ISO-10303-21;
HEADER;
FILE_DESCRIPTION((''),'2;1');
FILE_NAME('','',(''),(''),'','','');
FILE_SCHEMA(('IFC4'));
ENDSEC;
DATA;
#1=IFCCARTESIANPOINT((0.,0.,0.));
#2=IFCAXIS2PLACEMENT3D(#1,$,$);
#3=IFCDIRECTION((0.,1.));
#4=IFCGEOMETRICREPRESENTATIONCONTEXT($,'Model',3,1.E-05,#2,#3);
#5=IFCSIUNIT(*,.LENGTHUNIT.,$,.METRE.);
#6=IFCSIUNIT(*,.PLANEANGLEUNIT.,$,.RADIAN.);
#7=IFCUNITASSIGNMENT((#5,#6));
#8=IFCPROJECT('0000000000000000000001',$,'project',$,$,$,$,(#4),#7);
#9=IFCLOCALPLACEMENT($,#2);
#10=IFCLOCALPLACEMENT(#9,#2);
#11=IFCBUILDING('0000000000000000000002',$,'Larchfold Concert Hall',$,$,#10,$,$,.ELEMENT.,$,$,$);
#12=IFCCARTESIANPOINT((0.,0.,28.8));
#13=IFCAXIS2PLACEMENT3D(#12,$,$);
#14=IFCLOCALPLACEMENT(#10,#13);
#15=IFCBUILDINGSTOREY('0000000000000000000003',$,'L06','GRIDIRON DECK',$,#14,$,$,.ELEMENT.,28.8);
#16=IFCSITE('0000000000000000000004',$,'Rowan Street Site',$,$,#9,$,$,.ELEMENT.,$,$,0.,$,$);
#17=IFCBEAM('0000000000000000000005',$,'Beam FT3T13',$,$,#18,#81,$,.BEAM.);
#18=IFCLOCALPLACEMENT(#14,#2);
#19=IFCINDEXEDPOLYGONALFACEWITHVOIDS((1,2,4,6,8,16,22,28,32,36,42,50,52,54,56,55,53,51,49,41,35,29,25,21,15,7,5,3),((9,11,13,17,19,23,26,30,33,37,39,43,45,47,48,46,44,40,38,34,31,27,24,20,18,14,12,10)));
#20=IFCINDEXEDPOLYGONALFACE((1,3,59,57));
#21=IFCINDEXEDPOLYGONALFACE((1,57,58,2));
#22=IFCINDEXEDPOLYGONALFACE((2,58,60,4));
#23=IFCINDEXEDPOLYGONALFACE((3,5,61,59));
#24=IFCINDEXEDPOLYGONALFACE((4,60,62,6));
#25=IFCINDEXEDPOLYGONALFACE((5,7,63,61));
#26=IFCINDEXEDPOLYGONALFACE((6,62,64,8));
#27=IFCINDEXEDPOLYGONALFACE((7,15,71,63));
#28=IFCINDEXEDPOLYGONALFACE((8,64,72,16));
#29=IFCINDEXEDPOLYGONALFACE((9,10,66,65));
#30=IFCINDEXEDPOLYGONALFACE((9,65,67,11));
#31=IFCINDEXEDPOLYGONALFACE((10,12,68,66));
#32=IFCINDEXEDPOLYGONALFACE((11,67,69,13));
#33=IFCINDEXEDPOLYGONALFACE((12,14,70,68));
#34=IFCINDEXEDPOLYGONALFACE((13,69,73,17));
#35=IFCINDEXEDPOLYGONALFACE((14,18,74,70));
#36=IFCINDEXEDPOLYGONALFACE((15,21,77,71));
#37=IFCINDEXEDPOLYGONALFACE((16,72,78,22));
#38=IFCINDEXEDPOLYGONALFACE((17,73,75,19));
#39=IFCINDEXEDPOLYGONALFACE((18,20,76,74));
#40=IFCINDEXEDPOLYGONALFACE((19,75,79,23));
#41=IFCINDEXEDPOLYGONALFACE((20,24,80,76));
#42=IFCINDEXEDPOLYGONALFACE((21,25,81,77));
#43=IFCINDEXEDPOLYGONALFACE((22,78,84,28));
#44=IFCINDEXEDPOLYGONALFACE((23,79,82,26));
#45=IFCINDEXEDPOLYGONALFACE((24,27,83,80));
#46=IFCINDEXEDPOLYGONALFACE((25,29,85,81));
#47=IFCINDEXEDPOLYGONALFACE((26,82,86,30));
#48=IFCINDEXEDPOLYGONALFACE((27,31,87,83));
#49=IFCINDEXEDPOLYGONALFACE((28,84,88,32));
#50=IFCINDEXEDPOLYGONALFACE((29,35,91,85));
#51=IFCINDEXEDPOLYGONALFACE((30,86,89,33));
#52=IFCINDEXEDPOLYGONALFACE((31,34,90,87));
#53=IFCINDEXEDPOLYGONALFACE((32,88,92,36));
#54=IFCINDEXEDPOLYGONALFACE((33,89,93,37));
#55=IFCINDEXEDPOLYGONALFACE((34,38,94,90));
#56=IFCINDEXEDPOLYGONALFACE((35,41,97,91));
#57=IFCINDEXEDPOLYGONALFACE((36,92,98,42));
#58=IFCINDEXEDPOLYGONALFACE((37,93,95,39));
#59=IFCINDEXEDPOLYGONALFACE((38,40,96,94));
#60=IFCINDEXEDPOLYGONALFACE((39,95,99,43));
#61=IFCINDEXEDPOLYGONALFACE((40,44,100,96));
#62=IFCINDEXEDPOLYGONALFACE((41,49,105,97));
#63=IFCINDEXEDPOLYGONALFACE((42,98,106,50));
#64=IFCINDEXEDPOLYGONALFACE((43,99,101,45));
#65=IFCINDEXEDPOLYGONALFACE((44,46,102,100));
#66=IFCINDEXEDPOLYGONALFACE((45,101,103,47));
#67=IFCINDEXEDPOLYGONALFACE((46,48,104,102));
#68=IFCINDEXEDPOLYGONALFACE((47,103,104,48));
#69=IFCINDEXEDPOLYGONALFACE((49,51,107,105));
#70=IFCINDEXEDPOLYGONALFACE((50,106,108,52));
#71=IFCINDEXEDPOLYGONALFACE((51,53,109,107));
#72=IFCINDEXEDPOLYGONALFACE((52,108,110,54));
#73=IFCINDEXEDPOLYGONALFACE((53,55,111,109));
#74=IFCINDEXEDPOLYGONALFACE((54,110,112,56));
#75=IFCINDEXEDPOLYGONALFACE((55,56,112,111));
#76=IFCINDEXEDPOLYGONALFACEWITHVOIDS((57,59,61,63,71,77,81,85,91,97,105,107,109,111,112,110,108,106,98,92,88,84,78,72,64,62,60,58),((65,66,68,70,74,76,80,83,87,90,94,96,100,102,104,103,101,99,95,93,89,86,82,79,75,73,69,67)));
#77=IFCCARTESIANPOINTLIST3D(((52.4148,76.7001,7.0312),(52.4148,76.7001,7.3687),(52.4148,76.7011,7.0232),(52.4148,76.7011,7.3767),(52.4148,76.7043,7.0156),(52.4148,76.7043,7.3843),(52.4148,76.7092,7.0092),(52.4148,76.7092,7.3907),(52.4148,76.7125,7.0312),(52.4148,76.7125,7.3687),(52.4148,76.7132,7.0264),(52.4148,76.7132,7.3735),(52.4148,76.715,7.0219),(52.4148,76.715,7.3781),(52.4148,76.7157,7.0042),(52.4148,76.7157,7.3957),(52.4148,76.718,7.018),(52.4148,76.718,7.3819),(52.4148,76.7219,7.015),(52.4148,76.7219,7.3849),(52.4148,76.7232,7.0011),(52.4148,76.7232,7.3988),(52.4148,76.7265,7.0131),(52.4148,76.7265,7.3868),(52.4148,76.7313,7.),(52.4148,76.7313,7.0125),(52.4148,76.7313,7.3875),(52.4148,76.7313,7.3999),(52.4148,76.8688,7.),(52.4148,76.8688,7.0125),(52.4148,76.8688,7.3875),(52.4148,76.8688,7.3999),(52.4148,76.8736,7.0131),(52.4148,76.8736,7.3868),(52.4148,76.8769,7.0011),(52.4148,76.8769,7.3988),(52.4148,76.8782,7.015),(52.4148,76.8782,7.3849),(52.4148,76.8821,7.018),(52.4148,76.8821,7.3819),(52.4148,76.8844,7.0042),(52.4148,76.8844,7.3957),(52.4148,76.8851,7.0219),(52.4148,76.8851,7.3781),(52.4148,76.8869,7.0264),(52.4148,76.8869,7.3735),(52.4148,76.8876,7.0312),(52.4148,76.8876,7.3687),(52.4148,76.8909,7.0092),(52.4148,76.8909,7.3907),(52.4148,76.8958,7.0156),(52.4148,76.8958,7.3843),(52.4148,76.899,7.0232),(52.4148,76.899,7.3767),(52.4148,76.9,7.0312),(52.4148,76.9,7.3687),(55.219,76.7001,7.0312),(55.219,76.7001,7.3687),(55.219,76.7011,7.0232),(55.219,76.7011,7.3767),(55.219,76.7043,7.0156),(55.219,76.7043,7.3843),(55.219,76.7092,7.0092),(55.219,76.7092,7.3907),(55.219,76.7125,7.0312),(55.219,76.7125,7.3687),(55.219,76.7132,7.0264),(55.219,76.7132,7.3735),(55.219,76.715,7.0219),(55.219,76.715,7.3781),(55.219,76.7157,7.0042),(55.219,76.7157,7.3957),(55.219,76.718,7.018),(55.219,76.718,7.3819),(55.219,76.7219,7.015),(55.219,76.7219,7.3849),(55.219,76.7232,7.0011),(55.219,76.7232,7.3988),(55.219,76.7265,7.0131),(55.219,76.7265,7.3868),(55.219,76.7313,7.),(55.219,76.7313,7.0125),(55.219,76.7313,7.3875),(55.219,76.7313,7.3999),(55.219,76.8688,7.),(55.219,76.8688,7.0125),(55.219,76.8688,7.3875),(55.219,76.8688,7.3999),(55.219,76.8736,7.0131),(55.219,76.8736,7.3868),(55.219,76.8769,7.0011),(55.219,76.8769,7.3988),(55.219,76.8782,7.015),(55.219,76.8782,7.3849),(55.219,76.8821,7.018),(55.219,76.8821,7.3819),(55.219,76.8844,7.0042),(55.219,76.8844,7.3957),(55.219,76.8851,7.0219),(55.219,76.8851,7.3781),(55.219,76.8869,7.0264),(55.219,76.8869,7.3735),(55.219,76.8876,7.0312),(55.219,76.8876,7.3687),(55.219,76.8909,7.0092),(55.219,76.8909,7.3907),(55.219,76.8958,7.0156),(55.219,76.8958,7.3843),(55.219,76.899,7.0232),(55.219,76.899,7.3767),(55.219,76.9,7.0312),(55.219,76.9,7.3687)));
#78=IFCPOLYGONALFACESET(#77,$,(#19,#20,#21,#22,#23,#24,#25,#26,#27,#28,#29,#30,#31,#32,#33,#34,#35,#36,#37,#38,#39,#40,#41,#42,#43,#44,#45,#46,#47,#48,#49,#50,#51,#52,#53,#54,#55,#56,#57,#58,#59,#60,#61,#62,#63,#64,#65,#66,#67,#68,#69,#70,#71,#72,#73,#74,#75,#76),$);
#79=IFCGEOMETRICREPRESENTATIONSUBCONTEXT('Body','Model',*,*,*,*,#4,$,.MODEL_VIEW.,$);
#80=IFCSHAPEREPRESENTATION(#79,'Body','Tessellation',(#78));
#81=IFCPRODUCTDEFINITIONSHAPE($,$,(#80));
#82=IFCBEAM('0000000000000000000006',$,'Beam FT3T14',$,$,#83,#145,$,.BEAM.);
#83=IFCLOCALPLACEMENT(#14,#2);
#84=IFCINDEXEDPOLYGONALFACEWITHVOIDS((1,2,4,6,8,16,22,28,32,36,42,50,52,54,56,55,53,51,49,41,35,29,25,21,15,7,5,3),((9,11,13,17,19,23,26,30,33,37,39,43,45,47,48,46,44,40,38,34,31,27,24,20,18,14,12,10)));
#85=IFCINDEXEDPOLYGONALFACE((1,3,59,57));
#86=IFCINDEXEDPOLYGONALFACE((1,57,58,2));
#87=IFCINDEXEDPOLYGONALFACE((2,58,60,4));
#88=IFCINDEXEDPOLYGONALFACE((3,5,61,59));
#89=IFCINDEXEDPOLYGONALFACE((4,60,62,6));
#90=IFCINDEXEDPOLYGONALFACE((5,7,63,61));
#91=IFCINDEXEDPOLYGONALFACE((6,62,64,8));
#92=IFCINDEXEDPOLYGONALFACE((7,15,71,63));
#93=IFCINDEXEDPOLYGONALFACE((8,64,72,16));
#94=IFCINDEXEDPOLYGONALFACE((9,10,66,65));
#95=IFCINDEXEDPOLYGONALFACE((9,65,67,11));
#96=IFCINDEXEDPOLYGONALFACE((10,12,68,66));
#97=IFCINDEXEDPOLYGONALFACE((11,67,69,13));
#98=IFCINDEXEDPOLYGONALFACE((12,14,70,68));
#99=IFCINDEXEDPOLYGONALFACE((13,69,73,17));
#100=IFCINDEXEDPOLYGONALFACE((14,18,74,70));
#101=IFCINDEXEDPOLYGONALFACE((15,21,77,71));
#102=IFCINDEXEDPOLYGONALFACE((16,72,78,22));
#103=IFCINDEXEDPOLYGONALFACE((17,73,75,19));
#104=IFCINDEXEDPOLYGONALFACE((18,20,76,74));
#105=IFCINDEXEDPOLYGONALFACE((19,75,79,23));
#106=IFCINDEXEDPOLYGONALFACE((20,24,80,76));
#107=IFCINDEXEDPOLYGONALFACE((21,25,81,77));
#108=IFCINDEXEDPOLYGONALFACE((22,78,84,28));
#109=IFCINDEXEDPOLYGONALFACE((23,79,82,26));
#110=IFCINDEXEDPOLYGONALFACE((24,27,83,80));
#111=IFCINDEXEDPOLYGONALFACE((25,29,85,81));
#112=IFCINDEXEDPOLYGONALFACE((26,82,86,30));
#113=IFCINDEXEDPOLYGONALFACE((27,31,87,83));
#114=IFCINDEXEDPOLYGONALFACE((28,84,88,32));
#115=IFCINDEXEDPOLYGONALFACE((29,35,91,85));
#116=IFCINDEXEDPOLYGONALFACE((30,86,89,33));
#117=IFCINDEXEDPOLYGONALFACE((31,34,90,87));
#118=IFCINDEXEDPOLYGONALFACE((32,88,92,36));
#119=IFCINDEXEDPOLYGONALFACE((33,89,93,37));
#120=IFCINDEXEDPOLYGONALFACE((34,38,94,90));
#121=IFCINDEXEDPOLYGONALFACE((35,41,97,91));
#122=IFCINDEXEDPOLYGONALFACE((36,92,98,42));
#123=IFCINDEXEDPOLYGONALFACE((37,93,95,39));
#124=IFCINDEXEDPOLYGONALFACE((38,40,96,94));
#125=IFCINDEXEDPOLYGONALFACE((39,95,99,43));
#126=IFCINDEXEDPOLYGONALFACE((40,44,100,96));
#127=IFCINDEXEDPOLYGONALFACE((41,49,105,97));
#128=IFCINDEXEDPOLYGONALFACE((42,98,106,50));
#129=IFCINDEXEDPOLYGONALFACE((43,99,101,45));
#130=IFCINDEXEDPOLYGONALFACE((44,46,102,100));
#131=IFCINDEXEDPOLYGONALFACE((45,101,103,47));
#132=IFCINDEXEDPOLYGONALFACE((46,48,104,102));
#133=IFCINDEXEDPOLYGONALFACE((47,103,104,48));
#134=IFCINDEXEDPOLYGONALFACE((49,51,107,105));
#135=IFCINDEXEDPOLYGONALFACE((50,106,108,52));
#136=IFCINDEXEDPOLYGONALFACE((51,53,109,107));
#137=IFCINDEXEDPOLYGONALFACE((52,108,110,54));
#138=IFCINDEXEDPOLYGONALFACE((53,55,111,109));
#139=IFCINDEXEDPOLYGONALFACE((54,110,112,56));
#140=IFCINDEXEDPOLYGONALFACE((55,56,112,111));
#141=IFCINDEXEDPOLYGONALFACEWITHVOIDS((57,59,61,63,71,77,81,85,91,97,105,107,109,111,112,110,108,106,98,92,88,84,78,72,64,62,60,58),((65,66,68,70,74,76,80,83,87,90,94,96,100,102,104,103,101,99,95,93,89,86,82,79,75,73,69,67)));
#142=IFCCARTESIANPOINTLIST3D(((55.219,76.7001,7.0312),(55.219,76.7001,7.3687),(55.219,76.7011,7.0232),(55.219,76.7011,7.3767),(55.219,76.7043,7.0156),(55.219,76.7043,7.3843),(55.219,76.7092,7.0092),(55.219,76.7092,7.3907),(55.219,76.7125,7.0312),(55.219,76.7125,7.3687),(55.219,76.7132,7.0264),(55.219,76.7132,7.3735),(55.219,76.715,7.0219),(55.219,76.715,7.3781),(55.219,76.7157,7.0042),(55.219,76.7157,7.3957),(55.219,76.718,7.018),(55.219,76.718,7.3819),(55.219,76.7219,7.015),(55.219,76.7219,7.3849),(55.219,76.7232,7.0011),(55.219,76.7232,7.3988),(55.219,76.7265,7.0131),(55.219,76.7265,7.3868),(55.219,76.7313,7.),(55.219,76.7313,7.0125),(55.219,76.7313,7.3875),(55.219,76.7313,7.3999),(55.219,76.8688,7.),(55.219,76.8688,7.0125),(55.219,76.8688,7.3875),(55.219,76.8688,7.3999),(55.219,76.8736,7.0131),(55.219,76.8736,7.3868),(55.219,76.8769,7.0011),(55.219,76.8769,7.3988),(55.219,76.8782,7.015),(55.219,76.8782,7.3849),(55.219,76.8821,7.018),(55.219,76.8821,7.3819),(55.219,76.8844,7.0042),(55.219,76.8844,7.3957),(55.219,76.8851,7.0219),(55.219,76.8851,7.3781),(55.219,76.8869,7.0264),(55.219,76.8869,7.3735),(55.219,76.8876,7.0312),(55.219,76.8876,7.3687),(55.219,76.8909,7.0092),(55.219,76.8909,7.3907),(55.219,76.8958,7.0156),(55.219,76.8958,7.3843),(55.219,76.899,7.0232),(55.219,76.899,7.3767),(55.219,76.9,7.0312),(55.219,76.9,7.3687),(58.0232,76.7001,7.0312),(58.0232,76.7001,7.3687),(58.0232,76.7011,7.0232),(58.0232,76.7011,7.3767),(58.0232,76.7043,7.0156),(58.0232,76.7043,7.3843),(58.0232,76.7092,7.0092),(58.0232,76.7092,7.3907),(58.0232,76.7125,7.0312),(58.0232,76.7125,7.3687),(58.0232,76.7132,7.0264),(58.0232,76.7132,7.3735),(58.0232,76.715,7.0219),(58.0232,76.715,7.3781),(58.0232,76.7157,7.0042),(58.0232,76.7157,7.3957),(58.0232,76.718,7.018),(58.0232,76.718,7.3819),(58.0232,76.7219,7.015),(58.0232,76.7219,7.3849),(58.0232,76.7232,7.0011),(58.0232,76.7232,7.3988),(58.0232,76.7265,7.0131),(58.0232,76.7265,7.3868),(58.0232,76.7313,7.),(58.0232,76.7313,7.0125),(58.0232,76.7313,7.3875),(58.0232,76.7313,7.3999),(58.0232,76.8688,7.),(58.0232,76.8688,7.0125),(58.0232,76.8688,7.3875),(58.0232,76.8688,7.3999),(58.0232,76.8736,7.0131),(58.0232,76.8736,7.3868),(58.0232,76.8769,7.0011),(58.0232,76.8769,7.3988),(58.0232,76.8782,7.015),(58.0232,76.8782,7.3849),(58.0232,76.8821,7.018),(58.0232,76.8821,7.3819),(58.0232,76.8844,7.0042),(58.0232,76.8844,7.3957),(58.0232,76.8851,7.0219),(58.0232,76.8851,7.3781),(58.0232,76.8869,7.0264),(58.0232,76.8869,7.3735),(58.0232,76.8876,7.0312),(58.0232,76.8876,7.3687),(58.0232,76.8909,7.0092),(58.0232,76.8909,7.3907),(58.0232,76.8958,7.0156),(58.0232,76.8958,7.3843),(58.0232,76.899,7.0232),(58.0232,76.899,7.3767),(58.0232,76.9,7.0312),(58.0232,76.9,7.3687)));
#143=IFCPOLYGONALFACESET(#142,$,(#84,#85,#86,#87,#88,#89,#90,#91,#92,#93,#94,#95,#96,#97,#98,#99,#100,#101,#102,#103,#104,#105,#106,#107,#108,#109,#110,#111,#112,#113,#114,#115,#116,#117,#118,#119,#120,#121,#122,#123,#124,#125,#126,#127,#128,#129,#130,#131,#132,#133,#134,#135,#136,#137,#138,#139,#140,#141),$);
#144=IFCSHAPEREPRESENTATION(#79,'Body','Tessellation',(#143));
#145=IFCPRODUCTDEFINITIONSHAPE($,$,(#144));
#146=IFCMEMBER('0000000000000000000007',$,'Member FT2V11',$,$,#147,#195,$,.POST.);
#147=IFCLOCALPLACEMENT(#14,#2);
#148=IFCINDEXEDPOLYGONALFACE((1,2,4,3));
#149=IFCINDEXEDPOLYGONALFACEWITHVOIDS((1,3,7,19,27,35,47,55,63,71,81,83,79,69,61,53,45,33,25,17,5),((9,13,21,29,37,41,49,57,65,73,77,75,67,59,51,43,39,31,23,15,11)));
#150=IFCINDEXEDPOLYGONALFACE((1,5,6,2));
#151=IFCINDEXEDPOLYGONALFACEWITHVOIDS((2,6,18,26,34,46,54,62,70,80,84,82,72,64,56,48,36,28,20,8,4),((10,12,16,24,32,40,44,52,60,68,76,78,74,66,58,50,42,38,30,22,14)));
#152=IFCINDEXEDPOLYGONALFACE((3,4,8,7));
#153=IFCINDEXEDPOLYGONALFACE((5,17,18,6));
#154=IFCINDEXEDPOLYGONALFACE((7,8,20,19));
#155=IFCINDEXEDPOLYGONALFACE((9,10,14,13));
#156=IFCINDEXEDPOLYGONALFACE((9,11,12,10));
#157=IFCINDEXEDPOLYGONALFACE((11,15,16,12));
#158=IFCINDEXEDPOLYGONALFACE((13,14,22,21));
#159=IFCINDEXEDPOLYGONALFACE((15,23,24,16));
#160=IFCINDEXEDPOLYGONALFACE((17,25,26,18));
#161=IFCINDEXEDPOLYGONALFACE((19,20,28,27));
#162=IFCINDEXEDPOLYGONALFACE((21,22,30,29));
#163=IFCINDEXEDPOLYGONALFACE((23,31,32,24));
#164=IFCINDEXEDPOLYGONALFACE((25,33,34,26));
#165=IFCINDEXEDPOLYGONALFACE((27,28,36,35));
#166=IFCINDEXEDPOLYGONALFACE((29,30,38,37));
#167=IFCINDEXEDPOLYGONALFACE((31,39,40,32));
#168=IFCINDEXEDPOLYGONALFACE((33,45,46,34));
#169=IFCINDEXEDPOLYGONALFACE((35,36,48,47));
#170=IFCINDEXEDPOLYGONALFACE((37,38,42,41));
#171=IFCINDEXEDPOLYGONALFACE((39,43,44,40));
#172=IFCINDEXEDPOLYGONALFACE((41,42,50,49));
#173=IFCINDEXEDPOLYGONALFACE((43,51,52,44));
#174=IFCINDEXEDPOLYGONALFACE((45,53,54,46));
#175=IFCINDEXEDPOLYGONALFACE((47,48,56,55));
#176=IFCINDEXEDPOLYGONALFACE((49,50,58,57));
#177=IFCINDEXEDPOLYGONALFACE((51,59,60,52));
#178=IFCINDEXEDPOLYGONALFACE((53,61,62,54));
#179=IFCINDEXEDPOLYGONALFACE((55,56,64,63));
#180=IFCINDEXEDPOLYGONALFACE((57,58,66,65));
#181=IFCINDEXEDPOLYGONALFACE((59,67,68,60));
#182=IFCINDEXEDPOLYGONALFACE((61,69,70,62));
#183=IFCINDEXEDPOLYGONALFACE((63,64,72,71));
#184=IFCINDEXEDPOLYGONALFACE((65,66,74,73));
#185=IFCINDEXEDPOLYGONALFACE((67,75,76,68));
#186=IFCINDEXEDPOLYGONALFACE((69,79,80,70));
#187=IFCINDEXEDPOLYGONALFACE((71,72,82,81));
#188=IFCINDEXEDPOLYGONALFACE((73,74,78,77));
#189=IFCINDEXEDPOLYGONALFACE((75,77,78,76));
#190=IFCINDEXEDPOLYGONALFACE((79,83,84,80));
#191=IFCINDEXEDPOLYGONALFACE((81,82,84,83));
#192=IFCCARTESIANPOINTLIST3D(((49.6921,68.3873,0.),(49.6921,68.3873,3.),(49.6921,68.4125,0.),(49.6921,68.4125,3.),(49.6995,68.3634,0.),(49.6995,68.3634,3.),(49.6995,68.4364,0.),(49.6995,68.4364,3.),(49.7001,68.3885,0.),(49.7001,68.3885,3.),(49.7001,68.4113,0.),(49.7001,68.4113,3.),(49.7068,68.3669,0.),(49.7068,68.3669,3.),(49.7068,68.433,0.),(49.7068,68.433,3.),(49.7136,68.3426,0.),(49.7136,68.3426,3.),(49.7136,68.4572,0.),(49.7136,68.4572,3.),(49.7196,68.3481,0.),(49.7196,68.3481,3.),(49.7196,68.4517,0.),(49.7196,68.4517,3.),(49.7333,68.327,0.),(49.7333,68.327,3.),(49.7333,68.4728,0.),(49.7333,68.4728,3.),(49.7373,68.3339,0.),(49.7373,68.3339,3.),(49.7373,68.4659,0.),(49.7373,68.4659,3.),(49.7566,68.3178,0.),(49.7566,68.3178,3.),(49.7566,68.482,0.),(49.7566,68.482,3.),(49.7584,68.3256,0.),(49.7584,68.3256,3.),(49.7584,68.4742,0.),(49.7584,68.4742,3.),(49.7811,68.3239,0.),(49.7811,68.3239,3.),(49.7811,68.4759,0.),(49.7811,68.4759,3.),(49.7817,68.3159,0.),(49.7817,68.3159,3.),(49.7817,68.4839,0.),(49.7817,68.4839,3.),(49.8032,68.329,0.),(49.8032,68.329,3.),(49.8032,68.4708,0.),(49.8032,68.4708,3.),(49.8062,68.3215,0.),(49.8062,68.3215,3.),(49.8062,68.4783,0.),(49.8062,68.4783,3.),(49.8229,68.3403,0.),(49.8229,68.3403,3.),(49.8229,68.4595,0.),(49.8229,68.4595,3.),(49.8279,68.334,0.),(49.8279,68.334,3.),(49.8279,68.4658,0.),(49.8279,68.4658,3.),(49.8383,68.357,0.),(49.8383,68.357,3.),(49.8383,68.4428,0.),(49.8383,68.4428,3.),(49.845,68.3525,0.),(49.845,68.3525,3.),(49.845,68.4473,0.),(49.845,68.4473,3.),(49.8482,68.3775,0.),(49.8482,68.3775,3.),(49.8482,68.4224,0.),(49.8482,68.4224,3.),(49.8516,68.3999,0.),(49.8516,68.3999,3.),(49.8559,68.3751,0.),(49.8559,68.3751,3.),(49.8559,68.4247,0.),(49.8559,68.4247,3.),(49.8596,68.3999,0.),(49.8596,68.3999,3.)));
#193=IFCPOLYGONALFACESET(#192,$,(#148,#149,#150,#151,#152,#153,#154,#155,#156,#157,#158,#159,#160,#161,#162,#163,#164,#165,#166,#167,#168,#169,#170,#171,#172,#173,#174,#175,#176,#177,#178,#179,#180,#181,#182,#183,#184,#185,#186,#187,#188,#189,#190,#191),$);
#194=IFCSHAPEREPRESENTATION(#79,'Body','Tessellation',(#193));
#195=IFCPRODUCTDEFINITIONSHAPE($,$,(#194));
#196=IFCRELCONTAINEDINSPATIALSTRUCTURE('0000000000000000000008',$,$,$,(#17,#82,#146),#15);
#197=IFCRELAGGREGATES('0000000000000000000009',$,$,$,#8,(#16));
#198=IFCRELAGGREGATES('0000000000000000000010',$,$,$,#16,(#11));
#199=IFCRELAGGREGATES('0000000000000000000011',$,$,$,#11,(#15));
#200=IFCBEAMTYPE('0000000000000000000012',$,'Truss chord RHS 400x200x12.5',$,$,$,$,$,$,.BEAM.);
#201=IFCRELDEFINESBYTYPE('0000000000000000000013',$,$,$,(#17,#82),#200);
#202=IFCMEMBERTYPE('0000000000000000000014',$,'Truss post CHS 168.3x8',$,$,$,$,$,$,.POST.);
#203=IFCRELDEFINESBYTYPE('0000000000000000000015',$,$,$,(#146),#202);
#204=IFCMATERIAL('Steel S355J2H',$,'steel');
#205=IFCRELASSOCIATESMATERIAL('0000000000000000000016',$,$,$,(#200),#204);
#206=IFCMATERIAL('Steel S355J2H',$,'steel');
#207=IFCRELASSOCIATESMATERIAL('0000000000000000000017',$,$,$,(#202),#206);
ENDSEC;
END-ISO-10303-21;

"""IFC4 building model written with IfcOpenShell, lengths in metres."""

from ifc_helpers import new_model, si_unit, direction, frame, origin, origin_2d, place, context, subcontext, project, spatial, hollow_rectangle, hollow_circle, extrude, material, material_profile, profile_set, type_object, element, save


model = new_model("IFC4")

# Units and contexts
model_context = context("Model", 3, precision=1e-05, world=origin(), true_north=direction((0.0, 1.0)))
body_context = subcontext(model_context, "Body", "Model", "MODEL_VIEW")
ifc_project = project(units=[si_unit("LENGTHUNIT", "METRE"), si_unit("PLANEANGLEUNIT", "RADIAN")], contexts=[model_context])

# Site, building, storey
site_placement = place(None, origin())
site = spatial("IfcSite", under=ifc_project, at=site_placement, Name="Rowan Street Site", CompositionType="ELEMENT", RefElevation=0.0)
building_placement = place(site_placement, origin())
building = spatial("IfcBuilding", under=site, at=building_placement, Name="Larchfold Concert Hall", CompositionType="ELEMENT")
storey_placement = place(building_placement, frame((0.0, 0.0, 28.8)))
storey = spatial("IfcBuildingStorey", under=building, at=storey_placement, Name="L06", Description="GRIDIRON DECK", CompositionType="ELEMENT", Elevation=28.8)

# Beams
ifc_material_1 = material(Name="Steel S355J2H", Category="steel")
ifc_material_profile_1 = material_profile(ifc_material_1, hollow_rectangle(XDim=0.2, YDim=0.3999, WallThickness=0.0125, InnerFilletRadius=0.0188, OuterFilletRadius=0.0312, at=origin_2d()))
ifc_profile_set_1 = profile_set([ifc_material_profile_1], Name="Steel S355J2H")
beam_type_1 = type_object("IfcBeamType", Name="Truss chord RHS 400x200x12.5", PredefinedType="BEAM", material=ifc_profile_set_1)
for number, where, z_axis, x_axis, name in (
    (1, (52.4148, 76.8, 7.2), (1.0, 0.0, 0.0), (0.0, 1.0, 0.0), "Beam FT3T13"),
    (2, (55.219, 76.8, 7.2), (1.0, 0.0, 0.0), (0.0, 1.0, 0.0), "Beam FT3T14"),
):
    element("IfcBeam", number, at=place(storey_placement, frame(where, z_axis=z_axis, x_axis=x_axis)), inside=storey, type_object=beam_type_1, Name=name, PredefinedType="BEAM", context=body_context, shape_type="SweptSolid", body=[
        extrude(hollow_rectangle(XDim=0.2, YDim=0.3999, WallThickness=0.0125, InnerFilletRadius=0.0188, OuterFilletRadius=0.0312, at=origin_2d()), origin(), (0.0, 0.0, 1.0), 2.8042),
    ])

# Member
ifc_material_2 = material(Name="Steel S355J2H", Category="steel")
ifc_material_profile_2 = material_profile(ifc_material_2, hollow_circle(Radius=0.0842, WallThickness=0.0081, at=origin_2d()))
ifc_profile_set_2 = profile_set([ifc_material_profile_2], Name="Steel S355J2H")
member_type_1 = type_object("IfcMemberType", Name="Truss post CHS 168.3x8", PredefinedType="POST", material=ifc_profile_set_2)
for number, where, z_axis, x_axis, name in (
    (3, (49.7754, 68.3999, 3.0), (0.0, 0.0, -1.0), (1.0, 0.0, 0.0), "Member FT2V11"),
):
    element("IfcMember", number, at=place(storey_placement, frame(where, z_axis=z_axis, x_axis=x_axis)), inside=storey, type_object=member_type_1, Name=name, PredefinedType="POST", context=body_context, shape_type="SweptSolid", body=[
        extrude(hollow_circle(Radius=0.0842, WallThickness=0.0081, at=origin_2d()), origin(), (0.0, 0.0, 1.0), 3.0),
    ])

save(model, "model.ifc")
